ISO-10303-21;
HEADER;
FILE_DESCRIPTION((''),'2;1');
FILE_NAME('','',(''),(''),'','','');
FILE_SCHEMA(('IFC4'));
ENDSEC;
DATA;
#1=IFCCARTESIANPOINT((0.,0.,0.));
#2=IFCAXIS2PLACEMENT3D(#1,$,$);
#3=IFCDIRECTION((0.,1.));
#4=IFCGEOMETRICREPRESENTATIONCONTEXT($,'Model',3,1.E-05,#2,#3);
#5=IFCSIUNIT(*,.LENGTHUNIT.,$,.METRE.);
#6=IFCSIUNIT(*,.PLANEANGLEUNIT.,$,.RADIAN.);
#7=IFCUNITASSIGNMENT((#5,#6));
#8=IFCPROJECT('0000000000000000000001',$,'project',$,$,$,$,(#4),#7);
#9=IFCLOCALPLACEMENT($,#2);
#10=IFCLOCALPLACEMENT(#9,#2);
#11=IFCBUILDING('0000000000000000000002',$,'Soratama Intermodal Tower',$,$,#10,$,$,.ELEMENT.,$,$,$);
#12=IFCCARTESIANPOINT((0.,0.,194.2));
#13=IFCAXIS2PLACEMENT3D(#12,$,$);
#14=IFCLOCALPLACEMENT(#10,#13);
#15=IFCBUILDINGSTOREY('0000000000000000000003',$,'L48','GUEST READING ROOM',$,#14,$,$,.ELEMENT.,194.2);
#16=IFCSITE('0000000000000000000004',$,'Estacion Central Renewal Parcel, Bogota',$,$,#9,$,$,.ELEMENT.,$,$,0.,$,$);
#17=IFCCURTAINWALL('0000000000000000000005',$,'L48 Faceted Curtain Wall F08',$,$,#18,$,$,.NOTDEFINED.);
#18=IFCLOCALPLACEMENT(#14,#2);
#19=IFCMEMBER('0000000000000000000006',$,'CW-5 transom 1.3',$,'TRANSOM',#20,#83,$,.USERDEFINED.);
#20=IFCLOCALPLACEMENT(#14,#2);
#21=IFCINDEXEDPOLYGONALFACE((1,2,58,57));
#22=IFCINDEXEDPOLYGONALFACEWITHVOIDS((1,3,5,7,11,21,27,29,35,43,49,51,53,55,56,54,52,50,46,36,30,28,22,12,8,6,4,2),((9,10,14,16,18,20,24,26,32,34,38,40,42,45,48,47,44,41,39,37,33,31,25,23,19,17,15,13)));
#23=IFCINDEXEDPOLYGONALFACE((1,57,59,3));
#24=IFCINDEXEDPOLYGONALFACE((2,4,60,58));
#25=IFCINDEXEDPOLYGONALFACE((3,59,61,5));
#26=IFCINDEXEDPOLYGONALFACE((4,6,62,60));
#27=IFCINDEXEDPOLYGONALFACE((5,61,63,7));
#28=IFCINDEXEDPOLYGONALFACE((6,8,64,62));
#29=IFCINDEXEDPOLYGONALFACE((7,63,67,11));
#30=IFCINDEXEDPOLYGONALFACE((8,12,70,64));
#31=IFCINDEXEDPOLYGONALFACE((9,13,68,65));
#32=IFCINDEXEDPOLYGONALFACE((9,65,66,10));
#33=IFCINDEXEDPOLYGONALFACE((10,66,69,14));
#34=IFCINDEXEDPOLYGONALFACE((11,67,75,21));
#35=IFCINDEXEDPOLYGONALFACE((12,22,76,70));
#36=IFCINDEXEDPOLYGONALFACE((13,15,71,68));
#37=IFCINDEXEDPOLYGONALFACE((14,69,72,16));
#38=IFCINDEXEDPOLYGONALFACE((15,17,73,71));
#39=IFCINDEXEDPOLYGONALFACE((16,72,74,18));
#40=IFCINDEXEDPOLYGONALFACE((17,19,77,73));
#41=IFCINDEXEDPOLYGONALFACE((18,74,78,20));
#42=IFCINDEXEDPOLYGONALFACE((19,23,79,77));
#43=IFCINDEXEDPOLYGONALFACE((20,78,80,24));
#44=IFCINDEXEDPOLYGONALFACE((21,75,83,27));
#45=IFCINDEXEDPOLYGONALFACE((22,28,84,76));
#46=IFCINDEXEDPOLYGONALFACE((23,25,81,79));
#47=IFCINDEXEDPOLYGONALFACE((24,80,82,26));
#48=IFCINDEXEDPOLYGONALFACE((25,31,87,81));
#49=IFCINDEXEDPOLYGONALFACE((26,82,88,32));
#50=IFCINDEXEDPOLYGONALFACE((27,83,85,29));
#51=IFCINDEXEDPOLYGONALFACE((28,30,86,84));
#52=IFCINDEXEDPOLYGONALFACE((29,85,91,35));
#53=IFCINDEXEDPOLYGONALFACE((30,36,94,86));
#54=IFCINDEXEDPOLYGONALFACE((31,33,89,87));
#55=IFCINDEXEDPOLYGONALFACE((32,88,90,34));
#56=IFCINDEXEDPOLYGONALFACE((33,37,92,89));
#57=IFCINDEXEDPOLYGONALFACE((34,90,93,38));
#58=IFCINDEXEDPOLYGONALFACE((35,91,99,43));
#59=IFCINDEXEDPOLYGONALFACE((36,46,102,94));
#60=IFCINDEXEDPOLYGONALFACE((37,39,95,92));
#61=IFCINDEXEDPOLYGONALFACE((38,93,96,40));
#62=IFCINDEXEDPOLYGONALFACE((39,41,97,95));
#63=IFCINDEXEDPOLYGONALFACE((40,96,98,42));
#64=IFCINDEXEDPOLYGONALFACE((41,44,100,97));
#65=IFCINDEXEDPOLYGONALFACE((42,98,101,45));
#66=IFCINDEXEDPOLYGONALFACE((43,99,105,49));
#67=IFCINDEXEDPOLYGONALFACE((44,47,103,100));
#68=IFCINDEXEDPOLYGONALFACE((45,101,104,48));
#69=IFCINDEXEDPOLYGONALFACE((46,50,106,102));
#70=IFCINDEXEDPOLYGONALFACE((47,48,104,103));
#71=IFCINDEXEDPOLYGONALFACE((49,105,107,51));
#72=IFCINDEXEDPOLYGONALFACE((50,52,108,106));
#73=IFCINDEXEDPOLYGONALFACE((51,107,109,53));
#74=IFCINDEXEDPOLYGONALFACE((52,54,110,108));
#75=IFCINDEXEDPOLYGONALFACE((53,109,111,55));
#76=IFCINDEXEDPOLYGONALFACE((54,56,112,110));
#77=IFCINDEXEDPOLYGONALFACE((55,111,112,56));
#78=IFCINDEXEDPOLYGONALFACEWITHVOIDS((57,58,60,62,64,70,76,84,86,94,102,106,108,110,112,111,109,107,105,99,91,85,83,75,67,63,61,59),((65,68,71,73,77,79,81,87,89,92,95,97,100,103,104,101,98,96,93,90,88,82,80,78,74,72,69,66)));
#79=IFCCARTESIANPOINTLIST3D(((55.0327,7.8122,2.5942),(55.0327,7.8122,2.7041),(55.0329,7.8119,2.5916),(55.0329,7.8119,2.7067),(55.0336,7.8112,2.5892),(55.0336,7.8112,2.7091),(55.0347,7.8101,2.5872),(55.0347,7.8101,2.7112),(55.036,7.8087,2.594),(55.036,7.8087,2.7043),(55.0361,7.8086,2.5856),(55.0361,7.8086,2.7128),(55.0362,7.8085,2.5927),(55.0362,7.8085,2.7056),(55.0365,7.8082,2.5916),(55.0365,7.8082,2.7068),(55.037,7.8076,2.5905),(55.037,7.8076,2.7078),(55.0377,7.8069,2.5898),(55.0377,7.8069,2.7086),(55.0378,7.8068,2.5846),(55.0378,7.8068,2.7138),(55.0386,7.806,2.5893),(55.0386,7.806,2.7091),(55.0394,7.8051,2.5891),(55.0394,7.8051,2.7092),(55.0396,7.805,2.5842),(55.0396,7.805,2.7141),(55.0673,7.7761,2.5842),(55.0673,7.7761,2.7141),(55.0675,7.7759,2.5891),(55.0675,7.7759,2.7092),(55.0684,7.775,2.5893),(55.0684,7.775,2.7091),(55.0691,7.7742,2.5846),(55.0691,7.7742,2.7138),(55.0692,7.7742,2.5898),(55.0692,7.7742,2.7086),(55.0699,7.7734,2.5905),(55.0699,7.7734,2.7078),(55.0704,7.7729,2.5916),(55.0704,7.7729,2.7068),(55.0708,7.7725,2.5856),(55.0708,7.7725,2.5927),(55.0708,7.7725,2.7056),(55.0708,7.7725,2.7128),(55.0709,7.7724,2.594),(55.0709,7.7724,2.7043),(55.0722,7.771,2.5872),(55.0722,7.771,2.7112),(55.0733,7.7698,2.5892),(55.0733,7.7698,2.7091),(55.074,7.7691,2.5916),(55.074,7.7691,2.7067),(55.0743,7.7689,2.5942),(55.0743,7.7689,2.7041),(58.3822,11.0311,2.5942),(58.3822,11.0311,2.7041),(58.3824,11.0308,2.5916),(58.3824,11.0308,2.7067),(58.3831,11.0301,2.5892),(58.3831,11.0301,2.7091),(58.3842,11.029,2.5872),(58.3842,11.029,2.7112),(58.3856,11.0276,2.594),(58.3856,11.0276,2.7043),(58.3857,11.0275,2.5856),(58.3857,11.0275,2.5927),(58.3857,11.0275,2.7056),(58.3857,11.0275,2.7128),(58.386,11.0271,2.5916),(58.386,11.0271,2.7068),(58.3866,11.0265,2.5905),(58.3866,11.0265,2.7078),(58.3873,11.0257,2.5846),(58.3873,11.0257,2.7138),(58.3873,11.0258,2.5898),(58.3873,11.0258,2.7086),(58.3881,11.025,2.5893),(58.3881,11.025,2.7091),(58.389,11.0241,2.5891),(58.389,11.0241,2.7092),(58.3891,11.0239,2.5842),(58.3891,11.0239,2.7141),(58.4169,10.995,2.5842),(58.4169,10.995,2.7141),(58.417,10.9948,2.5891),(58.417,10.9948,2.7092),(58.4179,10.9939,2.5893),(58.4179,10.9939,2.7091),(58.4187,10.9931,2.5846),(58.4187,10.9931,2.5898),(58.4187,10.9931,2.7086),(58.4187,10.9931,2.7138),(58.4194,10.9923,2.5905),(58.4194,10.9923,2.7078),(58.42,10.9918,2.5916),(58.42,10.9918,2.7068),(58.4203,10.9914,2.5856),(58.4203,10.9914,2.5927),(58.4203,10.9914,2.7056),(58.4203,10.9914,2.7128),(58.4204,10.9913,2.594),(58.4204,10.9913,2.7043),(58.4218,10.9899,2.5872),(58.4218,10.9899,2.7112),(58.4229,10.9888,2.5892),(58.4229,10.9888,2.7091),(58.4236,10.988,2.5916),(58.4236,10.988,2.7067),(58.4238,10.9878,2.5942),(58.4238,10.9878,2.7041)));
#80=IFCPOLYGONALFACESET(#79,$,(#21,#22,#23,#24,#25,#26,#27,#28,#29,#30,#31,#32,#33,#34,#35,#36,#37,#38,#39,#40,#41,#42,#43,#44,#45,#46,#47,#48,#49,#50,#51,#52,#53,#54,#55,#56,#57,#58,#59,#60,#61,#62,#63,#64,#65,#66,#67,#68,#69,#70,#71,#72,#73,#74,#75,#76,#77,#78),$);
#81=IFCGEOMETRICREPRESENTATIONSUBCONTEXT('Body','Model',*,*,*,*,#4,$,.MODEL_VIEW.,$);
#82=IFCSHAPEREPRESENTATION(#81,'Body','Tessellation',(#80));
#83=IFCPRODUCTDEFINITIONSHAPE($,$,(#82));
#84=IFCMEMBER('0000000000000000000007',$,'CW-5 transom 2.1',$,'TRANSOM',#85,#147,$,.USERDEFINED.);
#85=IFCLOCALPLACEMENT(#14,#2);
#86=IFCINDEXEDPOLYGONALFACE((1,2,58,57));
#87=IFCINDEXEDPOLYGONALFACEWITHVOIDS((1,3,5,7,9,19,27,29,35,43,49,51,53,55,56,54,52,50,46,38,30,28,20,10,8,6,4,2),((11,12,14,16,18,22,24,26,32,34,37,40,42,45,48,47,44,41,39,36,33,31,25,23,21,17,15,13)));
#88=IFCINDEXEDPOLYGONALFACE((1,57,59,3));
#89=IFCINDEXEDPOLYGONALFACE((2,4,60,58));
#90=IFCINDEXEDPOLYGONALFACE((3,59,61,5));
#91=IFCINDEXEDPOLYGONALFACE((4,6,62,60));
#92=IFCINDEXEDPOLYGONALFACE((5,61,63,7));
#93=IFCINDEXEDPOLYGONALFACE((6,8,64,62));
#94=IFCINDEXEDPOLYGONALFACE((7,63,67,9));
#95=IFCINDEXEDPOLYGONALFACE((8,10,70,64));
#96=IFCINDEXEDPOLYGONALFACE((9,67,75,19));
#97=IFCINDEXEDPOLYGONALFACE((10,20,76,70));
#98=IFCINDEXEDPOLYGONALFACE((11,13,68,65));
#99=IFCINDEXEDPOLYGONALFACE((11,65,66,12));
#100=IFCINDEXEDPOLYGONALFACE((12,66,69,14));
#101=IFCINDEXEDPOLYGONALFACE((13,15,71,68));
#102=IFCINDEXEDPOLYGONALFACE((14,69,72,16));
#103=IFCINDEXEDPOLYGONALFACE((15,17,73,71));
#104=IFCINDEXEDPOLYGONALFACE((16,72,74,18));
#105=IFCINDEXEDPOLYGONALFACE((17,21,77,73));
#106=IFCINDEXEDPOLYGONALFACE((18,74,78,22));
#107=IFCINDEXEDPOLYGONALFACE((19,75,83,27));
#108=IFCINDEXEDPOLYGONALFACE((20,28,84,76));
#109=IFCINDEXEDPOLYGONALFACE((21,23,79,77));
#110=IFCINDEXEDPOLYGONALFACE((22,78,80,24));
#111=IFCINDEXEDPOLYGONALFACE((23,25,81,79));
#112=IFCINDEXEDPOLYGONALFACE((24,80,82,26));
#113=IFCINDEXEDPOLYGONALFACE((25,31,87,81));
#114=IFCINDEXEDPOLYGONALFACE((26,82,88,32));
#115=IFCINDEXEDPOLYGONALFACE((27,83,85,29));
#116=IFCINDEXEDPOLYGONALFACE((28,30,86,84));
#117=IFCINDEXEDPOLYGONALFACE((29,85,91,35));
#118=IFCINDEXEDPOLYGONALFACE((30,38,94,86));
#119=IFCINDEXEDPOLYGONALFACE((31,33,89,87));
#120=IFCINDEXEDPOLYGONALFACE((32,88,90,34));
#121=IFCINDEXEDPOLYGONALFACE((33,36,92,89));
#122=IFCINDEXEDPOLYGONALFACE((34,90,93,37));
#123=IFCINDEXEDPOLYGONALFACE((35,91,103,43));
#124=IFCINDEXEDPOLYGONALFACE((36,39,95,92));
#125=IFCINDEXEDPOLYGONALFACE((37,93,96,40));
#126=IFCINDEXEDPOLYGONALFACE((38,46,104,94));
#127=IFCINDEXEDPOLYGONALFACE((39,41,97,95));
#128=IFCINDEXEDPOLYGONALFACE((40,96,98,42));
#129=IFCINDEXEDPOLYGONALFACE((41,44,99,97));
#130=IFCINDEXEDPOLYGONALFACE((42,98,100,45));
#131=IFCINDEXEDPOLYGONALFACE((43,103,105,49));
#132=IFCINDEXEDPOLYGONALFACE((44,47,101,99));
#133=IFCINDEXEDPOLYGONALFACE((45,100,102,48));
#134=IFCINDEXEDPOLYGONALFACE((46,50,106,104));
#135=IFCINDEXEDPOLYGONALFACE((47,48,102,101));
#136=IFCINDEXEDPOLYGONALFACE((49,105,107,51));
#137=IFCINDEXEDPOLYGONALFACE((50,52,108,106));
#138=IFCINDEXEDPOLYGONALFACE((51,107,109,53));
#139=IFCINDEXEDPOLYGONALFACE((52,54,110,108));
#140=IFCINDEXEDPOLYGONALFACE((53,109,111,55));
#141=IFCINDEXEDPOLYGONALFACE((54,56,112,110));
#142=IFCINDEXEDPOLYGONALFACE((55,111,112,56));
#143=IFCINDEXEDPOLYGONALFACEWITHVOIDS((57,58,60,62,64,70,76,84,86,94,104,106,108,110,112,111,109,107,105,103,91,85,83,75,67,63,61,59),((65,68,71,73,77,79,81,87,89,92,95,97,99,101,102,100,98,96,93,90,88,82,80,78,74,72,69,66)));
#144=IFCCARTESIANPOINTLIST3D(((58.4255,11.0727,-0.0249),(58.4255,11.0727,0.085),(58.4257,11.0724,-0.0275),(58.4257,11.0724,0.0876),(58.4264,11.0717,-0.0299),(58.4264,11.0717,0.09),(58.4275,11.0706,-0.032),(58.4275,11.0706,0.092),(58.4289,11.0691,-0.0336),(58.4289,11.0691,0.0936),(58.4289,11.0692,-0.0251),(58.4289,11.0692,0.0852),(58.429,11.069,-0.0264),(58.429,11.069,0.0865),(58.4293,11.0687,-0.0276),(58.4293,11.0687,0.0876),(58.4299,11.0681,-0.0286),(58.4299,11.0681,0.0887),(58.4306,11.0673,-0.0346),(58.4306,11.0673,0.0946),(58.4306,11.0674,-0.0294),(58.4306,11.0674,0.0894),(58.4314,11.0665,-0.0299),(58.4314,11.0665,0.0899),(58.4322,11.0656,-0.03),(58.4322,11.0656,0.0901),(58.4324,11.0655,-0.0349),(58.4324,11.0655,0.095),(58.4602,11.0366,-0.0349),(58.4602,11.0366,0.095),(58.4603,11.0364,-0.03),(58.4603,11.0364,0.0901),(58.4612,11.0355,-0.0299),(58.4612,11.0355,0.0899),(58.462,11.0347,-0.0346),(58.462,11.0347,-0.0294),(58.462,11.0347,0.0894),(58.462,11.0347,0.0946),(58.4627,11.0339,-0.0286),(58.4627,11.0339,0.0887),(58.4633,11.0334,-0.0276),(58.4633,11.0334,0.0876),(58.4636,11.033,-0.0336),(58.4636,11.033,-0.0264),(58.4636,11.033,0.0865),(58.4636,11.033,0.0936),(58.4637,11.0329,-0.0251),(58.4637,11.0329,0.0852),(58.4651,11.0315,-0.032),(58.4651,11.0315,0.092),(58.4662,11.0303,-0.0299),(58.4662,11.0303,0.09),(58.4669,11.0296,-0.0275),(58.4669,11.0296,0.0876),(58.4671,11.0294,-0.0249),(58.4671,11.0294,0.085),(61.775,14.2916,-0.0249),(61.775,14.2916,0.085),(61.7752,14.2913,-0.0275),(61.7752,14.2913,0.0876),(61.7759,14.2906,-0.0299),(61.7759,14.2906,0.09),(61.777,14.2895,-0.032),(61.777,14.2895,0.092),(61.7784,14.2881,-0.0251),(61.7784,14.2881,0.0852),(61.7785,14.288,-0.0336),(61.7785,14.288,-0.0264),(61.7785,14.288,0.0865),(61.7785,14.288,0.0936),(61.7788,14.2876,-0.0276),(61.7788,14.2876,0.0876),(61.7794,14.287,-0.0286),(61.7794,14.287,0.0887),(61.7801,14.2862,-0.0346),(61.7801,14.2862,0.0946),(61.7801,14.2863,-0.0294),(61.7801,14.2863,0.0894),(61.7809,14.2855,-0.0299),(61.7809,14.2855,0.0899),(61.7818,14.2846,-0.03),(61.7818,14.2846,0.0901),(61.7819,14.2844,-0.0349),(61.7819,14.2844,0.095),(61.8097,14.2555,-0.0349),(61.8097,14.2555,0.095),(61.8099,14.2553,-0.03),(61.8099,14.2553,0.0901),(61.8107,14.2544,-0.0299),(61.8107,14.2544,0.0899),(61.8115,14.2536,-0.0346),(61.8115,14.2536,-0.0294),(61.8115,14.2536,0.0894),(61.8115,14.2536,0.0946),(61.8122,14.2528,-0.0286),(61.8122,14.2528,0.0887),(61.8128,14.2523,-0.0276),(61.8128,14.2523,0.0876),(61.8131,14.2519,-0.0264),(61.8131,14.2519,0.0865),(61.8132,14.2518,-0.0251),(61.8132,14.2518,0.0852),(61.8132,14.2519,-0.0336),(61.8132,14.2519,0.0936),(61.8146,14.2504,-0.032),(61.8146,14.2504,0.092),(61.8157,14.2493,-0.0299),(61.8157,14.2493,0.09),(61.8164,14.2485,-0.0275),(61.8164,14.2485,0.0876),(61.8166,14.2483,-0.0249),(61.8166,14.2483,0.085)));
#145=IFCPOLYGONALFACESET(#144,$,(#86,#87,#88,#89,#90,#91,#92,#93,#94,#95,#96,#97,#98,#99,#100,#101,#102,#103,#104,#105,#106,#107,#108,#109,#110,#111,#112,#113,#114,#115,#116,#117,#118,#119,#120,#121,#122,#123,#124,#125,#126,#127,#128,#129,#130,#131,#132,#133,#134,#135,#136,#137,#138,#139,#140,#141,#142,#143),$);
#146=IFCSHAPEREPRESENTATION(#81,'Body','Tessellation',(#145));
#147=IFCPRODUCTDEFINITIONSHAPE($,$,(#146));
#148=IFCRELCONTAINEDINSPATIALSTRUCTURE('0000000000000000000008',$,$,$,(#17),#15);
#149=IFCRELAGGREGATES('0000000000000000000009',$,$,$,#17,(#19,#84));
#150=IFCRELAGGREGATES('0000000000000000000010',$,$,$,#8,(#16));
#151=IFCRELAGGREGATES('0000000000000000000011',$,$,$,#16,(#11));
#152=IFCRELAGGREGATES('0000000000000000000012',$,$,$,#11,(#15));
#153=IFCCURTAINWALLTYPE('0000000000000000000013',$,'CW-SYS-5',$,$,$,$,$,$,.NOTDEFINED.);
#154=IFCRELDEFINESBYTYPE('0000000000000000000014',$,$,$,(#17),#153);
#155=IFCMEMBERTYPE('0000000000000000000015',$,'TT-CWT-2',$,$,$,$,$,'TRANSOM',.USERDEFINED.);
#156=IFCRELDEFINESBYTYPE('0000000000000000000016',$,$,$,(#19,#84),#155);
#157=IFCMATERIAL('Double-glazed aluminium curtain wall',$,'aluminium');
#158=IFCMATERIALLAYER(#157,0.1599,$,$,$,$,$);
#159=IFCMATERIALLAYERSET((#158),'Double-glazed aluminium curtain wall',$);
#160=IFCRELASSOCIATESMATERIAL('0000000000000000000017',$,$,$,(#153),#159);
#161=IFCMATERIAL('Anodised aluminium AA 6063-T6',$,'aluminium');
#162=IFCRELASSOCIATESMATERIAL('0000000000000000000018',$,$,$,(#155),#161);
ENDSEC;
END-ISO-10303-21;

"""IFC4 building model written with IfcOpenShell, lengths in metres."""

from ifc_helpers import new_model, si_unit, direction, frame, origin, origin_2d, place, context, subcontext, project, spatial, hollow_rectangle, extrude, material, layer, layer_set, material_profile, profile_set, type_object, element, aggregate, save


model = new_model("IFC4")

# Units and contexts
model_context = context("Model", 3, precision=1e-05, world=origin(), true_north=direction((0.0, 1.0)))
body_context = subcontext(model_context, "Body", "Model", "MODEL_VIEW")
ifc_project = project(units=[si_unit("LENGTHUNIT", "METRE"), si_unit("PLANEANGLEUNIT", "RADIAN")], contexts=[model_context])

# Site, building, storey
site_placement = place(None, origin())
site = spatial("IfcSite", under=ifc_project, at=site_placement, Name="Estacion Central Renewal Parcel, Bogota", CompositionType="ELEMENT", RefElevation=0.0)
building_placement = place(site_placement, origin())
building = spatial("IfcBuilding", under=site, at=building_placement, Name="Soratama Intermodal Tower", CompositionType="ELEMENT")
storey_placement = place(building_placement, frame((0.0, 0.0, 194.2)))
storey = spatial("IfcBuildingStorey", under=building, at=storey_placement, Name="L48", Description="GUEST READING ROOM", CompositionType="ELEMENT", Elevation=194.2)

# Curtain wall, members
ifc_material_1 = material(Name="Double-glazed aluminium curtain wall", Category="aluminium")
ifc_layer_1 = layer(ifc_material_1, 0.1599)
ifc_layer_set_1 = layer_set([ifc_layer_1], Name="Double-glazed aluminium curtain wall")
curtain_wall_type = type_object("IfcCurtainWallType", Name="CW-SYS-5", PredefinedType="NOTDEFINED", material=ifc_layer_set_1)
curtain_wall_placement = place(storey_placement, origin())
curtain_wall = element("IfcCurtainWall", 1, at=curtain_wall_placement, inside=storey, type_object=curtain_wall_type, Name="L48 Faceted Curtain Wall F08", PredefinedType="NOTDEFINED")
ifc_material_2 = material(Name="Anodised aluminium AA 6063-T6", Category="aluminium")
ifc_material_profile_1 = material_profile(ifc_material_2, hollow_rectangle(XDim=0.0601, YDim=0.1299, WallThickness=0.0049, InnerFilletRadius=0.0049, OuterFilletRadius=0.01, at=origin_2d()), Name="CWT130X60X5")
ifc_profile_set_1 = profile_set([ifc_material_profile_1], Name="Anodised aluminium AA 6063-T6")
member_type_1 = type_object("IfcMemberType", Name="TT-CWT-2", ElementType="TRANSOM", PredefinedType="USERDEFINED", material=ifc_profile_set_1)
member_1_placement = place(storey_placement, frame((55.0535, 7.7905, 2.6492), z_axis=(0.721025, 0.692909, 0.0), x_axis=(-0.692909, 0.721025, 0.0)))
member_1 = element("IfcMember", 2, at=member_1_placement, type_object=member_type_1, Name="CW-5 transom 1.3", ObjectType="TRANSOM", PredefinedType="USERDEFINED", context=body_context, shape_type="SweptSolid", body=[
    extrude(hollow_rectangle(XDim=0.0601, YDim=0.1299, WallThickness=0.0049, InnerFilletRadius=0.0049, OuterFilletRadius=0.01, at=origin_2d()), origin(), (0.0, 0.0, 1.0), 4.6455),
])
member_2_placement = place(storey_placement, frame((58.4463, 11.051, 0.03), z_axis=(0.721025, 0.692909, 0.0), x_axis=(-0.692909, 0.721025, 0.0)))
member_2 = element("IfcMember", 3, at=member_2_placement, type_object=member_type_1, Name="CW-5 transom 2.1", ObjectType="TRANSOM", PredefinedType="USERDEFINED", context=body_context, shape_type="SweptSolid", body=[
    extrude(hollow_rectangle(XDim=0.0601, YDim=0.1299, WallThickness=0.0049, InnerFilletRadius=0.0049, OuterFilletRadius=0.01, at=origin_2d()), origin(), (0.0, 0.0, 1.0), 4.6455),
])
aggregate(curtain_wall, [member_1, member_2])

save(model, "model.ifc")
